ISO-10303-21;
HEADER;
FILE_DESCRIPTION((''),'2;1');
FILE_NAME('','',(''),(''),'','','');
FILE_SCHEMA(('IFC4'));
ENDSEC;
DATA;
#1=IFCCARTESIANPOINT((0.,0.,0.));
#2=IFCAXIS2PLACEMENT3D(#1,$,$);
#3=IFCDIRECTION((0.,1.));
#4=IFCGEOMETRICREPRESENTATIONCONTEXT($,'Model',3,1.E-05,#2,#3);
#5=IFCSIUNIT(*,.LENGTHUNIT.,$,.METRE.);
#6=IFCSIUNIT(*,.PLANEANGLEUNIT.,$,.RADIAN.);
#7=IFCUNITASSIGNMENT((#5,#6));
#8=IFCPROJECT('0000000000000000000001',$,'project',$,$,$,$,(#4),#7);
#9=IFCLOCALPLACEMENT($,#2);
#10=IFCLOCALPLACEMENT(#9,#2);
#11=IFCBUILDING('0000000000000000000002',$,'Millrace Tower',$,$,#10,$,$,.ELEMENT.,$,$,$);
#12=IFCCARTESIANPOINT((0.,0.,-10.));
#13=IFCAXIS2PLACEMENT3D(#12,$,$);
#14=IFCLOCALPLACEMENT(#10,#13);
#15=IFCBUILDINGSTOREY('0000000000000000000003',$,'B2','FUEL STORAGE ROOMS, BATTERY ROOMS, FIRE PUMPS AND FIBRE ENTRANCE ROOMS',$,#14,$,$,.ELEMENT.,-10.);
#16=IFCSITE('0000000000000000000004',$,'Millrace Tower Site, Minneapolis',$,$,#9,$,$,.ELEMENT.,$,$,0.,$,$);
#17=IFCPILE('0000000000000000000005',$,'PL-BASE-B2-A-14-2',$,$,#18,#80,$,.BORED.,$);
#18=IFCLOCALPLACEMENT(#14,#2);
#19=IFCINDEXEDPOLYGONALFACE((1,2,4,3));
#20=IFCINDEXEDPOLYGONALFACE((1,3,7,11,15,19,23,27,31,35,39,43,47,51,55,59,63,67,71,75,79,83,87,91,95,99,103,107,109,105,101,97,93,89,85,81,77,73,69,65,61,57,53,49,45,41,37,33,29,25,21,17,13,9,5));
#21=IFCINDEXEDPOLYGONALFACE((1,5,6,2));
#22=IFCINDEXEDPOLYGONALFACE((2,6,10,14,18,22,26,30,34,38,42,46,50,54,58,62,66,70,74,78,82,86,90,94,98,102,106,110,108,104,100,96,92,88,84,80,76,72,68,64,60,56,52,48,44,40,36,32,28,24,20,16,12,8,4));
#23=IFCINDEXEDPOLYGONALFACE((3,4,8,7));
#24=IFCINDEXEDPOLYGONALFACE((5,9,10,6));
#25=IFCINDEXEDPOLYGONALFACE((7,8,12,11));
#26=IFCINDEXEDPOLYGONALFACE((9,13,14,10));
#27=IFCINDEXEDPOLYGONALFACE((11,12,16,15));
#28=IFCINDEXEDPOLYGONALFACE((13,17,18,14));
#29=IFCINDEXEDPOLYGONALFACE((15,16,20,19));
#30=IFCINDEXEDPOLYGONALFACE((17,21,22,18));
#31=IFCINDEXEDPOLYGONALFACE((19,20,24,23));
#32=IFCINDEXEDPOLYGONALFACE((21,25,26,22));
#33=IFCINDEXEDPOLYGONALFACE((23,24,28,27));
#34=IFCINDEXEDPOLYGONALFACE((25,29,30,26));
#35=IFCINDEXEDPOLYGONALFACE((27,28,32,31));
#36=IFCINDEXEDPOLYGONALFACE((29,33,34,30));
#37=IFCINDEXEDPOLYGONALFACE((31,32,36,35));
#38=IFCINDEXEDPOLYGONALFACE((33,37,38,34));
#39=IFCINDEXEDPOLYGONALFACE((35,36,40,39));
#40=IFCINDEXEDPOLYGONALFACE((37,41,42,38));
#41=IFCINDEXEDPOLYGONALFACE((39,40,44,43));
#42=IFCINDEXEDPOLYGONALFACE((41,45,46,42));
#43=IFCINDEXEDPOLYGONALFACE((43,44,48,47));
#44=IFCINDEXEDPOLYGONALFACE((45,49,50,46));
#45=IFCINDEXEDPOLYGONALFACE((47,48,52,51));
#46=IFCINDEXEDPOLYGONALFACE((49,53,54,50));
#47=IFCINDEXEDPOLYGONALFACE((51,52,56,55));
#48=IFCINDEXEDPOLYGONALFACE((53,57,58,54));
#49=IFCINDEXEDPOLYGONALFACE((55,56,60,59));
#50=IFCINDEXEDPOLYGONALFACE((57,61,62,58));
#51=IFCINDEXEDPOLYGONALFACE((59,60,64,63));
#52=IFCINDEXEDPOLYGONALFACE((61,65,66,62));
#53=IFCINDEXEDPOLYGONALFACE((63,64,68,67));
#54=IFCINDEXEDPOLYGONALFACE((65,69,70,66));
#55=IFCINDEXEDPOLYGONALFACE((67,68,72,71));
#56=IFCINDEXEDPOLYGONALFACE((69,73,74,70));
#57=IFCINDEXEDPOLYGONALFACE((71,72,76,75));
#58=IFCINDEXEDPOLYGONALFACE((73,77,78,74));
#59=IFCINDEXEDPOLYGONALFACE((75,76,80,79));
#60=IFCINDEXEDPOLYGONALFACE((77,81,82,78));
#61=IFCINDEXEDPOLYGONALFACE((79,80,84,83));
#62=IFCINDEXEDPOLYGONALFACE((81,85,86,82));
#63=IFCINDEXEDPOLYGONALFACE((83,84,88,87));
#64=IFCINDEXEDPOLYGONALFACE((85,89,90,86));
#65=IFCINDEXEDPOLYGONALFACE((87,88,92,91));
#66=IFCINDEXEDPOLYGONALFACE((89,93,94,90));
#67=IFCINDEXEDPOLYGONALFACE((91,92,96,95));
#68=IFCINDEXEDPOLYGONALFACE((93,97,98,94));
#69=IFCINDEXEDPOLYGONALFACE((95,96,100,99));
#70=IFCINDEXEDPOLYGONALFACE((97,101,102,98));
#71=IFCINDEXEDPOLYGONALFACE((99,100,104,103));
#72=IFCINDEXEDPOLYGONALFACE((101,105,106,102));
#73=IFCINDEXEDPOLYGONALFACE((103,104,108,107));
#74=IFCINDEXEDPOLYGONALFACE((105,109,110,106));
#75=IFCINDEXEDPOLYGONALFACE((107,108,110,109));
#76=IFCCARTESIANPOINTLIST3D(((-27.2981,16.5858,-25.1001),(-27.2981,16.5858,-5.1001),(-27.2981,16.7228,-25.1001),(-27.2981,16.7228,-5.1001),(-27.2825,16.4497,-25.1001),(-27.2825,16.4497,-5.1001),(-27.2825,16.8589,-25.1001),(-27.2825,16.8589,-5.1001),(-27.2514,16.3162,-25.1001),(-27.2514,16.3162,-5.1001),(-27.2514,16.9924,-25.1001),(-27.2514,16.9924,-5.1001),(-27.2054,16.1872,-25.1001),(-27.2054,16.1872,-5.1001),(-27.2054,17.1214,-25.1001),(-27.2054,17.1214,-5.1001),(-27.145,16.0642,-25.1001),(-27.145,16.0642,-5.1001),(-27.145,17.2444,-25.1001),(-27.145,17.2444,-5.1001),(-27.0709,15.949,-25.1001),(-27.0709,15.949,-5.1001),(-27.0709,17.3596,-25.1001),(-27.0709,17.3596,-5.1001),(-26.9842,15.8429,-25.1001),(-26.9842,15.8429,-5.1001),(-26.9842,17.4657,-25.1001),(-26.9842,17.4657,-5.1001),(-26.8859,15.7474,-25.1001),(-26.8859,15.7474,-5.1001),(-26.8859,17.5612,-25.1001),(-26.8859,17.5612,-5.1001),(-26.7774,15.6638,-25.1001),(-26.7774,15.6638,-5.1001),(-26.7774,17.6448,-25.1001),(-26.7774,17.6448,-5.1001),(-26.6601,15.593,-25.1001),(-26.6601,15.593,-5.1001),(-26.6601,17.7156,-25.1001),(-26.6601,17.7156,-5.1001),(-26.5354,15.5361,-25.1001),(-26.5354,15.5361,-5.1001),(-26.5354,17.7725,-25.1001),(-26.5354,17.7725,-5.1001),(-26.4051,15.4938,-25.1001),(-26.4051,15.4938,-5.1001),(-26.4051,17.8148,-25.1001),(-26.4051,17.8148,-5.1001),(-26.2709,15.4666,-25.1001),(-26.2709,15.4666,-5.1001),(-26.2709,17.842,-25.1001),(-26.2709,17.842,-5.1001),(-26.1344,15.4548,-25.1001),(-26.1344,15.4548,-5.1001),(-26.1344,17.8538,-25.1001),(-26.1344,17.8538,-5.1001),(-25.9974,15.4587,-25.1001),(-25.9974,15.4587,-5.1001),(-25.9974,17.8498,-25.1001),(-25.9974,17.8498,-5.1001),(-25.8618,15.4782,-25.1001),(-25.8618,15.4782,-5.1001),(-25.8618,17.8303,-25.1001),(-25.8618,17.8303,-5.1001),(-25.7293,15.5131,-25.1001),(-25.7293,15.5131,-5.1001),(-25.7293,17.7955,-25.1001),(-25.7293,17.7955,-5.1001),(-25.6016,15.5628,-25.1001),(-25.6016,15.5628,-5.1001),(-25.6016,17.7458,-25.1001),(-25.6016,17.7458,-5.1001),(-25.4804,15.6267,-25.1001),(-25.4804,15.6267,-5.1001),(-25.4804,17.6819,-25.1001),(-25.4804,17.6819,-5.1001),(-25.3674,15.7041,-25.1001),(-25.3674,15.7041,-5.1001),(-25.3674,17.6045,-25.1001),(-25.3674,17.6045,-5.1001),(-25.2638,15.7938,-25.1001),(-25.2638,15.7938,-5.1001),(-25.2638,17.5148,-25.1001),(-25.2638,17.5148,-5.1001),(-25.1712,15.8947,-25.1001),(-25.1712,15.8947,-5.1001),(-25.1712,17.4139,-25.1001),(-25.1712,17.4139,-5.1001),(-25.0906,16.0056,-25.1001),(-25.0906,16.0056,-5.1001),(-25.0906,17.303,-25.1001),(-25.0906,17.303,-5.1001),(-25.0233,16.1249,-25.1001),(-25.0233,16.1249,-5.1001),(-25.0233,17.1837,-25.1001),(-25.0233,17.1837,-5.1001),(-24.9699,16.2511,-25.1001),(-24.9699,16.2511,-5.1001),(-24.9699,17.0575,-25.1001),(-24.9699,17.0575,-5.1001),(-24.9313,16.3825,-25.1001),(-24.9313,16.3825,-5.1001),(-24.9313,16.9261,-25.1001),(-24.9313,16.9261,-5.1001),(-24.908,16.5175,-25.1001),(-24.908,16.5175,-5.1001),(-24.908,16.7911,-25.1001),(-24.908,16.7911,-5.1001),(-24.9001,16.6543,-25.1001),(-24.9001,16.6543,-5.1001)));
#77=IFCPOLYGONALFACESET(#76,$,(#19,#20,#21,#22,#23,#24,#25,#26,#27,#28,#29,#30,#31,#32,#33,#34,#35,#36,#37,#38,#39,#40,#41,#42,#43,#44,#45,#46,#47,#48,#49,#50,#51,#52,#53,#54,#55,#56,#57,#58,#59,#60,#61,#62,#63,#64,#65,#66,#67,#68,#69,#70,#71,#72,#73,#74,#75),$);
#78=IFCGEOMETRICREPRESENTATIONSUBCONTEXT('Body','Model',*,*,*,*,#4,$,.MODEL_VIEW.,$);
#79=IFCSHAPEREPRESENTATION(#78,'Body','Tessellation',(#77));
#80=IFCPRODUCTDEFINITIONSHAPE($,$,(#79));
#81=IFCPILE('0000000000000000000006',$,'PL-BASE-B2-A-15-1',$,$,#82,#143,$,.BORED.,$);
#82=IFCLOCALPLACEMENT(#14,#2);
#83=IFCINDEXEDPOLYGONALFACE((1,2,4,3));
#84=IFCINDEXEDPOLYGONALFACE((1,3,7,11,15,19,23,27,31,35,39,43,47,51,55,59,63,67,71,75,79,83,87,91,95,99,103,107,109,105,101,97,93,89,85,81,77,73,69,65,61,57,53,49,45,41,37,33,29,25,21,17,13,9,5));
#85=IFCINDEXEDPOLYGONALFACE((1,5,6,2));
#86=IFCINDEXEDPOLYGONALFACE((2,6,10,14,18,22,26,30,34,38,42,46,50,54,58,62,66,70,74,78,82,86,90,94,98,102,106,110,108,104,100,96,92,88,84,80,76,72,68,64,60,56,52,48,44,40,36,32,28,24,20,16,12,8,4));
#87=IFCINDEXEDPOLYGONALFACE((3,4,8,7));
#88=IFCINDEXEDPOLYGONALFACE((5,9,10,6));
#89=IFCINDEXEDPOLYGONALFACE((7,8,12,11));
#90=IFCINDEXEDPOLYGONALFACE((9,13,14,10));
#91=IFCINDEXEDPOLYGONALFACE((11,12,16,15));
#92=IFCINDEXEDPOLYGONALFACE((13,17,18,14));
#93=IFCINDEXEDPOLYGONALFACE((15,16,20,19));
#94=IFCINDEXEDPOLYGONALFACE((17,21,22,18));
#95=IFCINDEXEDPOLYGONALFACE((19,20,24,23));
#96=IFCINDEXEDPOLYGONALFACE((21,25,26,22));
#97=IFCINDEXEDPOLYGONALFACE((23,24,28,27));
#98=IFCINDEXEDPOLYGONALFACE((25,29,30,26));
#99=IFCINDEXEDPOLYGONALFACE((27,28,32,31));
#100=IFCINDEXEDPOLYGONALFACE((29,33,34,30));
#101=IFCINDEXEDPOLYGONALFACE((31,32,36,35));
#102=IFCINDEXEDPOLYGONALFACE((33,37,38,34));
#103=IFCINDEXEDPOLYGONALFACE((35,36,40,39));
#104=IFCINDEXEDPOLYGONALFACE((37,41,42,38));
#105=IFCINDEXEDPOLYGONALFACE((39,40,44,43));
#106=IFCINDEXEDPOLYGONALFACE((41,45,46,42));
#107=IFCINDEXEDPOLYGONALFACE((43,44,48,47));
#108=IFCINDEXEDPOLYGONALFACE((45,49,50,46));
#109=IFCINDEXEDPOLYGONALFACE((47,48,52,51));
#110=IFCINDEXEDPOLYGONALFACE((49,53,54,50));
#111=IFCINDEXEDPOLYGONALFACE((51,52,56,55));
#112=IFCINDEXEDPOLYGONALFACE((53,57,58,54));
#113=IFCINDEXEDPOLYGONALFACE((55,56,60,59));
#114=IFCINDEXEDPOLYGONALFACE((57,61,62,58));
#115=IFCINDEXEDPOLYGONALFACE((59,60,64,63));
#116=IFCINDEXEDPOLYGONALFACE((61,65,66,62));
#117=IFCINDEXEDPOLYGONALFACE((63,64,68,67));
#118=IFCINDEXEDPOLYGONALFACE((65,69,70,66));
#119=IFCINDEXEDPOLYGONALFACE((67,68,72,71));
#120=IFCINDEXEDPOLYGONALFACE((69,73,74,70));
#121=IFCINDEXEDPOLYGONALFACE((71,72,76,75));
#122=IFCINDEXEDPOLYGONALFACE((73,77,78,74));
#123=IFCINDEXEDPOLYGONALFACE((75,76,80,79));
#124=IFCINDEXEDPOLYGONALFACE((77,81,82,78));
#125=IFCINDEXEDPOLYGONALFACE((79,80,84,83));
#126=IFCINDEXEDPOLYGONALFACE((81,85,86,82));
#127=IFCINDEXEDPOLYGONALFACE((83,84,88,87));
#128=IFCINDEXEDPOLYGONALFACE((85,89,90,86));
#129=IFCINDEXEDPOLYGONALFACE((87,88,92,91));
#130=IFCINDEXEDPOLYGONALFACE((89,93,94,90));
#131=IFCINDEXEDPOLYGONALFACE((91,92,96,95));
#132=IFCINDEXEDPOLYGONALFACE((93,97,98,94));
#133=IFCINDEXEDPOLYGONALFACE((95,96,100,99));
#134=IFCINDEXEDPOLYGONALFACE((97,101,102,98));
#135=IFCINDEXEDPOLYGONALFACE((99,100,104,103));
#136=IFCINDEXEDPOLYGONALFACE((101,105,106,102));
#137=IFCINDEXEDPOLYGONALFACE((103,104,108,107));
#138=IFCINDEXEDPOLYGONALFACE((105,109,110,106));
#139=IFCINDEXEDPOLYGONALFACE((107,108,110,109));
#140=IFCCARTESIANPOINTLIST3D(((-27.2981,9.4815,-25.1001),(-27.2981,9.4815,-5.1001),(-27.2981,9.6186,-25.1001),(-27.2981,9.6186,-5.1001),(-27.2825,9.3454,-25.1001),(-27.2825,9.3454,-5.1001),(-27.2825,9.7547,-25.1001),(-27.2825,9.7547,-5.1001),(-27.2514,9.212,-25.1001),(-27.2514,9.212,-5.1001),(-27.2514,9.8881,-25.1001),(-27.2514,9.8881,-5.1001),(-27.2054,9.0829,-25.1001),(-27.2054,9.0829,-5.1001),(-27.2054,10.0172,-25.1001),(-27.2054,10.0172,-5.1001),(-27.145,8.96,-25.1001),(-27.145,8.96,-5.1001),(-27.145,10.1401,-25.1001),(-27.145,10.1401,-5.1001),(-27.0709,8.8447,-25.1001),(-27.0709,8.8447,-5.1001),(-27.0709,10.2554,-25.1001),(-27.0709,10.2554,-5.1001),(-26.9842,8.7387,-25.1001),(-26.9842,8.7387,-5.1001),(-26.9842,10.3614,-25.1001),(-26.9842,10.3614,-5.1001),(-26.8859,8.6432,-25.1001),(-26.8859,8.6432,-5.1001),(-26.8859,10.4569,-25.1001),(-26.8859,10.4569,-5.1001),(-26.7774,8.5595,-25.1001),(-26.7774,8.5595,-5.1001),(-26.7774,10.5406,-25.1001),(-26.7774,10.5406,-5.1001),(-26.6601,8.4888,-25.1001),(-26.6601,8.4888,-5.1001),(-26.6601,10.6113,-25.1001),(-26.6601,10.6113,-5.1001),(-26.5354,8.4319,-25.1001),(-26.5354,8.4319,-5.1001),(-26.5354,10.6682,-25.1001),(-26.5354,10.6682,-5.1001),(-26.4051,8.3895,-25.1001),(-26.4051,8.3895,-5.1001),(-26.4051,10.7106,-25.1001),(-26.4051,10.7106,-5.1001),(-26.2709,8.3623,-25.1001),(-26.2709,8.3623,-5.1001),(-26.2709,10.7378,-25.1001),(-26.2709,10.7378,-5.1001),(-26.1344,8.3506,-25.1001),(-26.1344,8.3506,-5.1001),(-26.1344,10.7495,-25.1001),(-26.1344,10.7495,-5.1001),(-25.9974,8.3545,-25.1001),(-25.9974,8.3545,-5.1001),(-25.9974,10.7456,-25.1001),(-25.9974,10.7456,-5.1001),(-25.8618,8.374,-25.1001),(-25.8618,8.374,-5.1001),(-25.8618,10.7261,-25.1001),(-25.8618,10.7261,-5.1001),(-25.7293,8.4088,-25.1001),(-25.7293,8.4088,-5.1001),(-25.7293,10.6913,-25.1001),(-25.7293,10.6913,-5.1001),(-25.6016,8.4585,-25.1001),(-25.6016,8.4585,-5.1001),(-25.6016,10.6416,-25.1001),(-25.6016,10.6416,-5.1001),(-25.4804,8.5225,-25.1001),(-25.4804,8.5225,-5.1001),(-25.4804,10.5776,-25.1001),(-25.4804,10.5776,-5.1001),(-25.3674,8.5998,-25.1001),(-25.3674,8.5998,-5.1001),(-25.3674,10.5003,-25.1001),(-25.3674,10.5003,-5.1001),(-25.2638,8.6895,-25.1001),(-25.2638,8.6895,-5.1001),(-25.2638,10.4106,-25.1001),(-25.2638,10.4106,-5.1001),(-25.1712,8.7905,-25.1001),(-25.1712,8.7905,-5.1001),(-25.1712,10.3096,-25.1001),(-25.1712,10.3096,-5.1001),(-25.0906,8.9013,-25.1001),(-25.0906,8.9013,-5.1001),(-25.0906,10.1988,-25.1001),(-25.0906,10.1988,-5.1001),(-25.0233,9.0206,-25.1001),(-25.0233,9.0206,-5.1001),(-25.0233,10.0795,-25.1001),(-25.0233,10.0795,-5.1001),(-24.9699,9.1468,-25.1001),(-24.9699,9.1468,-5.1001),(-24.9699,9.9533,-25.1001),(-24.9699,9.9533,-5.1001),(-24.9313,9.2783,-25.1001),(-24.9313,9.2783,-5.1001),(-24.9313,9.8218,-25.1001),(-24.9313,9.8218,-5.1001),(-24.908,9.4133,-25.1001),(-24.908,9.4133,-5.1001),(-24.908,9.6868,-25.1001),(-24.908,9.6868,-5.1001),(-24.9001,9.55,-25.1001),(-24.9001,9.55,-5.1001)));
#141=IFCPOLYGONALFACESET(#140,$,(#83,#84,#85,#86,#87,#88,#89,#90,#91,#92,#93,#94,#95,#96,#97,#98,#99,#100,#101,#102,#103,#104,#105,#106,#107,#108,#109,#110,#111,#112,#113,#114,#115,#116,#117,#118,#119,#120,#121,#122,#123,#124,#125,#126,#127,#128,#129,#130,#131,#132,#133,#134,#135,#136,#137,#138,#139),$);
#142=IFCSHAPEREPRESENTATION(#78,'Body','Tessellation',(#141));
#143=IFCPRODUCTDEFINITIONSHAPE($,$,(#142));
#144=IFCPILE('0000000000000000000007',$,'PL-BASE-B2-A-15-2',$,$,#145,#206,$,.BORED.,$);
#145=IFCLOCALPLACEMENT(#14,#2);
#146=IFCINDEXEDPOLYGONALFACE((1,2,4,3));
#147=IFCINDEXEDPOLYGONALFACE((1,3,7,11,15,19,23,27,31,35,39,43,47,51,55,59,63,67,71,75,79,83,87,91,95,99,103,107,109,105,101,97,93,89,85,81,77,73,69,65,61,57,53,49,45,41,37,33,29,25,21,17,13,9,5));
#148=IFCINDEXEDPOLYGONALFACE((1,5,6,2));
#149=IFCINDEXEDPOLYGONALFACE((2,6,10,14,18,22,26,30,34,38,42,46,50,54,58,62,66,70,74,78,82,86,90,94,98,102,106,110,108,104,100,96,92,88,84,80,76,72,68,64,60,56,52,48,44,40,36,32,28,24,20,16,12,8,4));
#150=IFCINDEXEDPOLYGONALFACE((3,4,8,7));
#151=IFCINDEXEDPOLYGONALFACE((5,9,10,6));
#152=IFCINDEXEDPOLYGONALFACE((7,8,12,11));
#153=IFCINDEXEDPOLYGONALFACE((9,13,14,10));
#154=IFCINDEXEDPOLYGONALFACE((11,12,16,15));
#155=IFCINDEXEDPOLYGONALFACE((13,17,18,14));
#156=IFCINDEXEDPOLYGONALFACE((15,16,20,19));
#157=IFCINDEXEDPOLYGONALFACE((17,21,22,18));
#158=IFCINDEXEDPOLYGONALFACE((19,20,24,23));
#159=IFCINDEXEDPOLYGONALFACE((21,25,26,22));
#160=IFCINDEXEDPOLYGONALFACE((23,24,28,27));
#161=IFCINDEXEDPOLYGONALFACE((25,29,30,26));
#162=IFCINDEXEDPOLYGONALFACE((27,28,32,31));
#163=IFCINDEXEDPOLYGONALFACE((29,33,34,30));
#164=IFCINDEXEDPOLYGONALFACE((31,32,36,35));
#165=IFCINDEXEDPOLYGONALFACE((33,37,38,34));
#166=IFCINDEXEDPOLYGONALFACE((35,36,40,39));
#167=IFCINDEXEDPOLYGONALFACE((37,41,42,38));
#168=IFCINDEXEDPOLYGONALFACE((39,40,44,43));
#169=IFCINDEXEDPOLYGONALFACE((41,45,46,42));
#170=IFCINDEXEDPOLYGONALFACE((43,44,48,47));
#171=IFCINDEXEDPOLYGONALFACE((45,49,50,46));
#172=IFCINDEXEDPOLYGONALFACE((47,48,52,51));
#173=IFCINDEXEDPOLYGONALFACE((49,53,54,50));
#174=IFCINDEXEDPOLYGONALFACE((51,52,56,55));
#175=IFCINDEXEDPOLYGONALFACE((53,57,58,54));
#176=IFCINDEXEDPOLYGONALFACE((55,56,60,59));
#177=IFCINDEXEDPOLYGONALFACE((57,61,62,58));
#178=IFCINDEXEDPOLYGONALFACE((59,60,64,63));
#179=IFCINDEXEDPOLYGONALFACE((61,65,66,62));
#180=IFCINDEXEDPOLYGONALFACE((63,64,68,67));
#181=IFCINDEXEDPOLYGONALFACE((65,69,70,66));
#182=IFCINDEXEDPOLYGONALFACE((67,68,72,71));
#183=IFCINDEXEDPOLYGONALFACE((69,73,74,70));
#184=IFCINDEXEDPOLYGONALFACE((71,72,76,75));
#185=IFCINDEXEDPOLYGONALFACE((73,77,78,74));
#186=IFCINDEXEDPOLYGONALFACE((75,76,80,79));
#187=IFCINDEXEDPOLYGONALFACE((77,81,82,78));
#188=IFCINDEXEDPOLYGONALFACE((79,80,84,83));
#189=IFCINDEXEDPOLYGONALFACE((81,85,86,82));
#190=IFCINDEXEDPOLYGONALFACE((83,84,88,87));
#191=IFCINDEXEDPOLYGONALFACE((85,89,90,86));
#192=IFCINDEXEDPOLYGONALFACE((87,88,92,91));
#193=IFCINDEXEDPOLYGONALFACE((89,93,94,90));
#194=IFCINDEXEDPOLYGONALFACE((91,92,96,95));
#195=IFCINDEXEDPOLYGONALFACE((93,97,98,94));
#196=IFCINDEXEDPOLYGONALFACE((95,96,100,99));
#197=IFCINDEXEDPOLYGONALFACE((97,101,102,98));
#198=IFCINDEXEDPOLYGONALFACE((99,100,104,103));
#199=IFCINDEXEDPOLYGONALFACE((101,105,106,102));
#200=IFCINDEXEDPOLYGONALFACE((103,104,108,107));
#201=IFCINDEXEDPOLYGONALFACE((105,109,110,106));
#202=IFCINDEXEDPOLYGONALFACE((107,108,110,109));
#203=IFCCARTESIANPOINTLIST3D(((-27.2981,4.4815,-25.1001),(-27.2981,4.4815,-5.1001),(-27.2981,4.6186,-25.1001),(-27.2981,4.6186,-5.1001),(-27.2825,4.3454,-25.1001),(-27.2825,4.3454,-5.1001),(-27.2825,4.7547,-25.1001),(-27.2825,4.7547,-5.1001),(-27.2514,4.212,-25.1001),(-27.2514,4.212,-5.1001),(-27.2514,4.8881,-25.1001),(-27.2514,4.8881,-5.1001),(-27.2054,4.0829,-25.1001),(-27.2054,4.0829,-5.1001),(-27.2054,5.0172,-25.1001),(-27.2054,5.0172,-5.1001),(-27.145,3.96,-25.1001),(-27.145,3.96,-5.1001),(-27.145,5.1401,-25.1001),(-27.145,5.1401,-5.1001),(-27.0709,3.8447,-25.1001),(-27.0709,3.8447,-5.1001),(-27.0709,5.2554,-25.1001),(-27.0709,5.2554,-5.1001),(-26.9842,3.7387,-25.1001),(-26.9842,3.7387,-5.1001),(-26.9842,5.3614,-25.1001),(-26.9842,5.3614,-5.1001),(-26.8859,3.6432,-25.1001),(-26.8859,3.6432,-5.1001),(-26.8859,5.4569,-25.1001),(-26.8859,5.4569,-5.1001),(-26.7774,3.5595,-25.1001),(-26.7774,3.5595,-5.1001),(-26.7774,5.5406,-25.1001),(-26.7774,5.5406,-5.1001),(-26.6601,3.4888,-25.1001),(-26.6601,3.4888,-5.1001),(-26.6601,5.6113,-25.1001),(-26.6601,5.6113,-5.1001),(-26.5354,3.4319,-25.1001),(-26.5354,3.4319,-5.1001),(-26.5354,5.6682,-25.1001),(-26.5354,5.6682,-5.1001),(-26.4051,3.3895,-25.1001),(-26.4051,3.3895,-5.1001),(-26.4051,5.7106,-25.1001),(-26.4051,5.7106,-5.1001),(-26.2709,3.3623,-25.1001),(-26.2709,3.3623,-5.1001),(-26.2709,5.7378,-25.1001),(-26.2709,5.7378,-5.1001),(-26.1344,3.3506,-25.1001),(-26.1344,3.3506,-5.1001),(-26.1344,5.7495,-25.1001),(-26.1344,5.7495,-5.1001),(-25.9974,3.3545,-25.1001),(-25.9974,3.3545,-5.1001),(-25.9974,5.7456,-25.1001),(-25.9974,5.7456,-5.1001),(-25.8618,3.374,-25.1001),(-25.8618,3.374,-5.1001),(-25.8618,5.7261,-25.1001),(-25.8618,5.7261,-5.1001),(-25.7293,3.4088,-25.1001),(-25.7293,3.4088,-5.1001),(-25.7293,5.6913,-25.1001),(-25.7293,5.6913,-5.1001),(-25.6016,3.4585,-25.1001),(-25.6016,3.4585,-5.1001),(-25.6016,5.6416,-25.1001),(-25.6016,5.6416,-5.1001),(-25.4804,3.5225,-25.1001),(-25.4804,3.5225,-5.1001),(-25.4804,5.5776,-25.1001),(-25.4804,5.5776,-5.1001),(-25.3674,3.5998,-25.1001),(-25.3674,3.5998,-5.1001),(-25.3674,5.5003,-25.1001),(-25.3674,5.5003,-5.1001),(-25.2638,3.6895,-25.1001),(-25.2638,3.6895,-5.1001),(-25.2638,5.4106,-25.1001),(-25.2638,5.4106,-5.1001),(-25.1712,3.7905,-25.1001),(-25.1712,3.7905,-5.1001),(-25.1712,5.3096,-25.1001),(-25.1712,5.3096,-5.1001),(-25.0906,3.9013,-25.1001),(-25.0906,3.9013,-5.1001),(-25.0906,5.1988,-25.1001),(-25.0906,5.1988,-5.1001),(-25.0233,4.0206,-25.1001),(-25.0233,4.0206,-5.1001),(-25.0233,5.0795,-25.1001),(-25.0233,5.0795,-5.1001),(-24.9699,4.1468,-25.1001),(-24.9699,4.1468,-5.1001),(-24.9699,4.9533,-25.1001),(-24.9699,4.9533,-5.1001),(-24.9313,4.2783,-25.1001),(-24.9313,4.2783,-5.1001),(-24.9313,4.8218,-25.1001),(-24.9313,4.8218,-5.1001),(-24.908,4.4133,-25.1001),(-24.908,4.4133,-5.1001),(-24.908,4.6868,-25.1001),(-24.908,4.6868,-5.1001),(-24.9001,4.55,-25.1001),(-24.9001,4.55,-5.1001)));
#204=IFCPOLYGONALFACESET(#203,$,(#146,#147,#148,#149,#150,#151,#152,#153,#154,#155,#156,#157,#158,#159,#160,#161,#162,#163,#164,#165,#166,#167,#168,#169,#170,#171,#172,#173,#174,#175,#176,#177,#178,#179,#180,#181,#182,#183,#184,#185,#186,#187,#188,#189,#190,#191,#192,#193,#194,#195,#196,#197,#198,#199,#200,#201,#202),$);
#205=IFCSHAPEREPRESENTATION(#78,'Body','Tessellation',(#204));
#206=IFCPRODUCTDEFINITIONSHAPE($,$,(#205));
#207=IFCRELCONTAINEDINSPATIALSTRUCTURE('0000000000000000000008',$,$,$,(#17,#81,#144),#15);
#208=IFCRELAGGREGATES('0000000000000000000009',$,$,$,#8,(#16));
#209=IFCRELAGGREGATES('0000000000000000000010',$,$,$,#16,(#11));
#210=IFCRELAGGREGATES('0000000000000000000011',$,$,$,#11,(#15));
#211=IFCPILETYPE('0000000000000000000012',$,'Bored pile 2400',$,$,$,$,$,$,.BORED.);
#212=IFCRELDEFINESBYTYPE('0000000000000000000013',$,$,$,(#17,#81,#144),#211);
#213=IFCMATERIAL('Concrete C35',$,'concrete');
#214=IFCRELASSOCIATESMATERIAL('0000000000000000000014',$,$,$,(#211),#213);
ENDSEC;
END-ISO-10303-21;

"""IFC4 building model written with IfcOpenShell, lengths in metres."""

from ifc_helpers import new_model, si_unit, direction, frame, origin, origin_2d, place, context, subcontext, project, spatial, circle, extrude, material, material_profile, profile_set, type_object, element, save


model = new_model("IFC4")

# Units and contexts
model_context = context("Model", 3, precision=1e-05, world=origin(), true_north=direction((0.0, 1.0)))
body_context = subcontext(model_context, "Body", "Model", "MODEL_VIEW")
ifc_project = project(units=[si_unit("LENGTHUNIT", "METRE"), si_unit("PLANEANGLEUNIT", "RADIAN")], contexts=[model_context])

# Site, building, storey
site_placement = place(None, origin())
site = spatial("IfcSite", under=ifc_project, at=site_placement, Name="Millrace Tower Site, Minneapolis", CompositionType="ELEMENT", RefElevation=0.0)
building_placement = place(site_placement, origin())
building = spatial("IfcBuilding", under=site, at=building_placement, Name="Millrace Tower", CompositionType="ELEMENT")
storey_placement = place(building_placement, frame((0.0, 0.0, -10.0)))
storey = spatial("IfcBuildingStorey", under=building, at=storey_placement, Name="B2", Description="FUEL STORAGE ROOMS, BATTERY ROOMS, FIRE PUMPS AND FIBRE ENTRANCE ROOMS", CompositionType="ELEMENT", Elevation=-10.0)

# Piles
ifc_material_1 = material(Name="Concrete C35", Category="concrete")
ifc_material_profile_1 = material_profile(ifc_material_1, circle(Radius=1.2, at=origin_2d()))
ifc_profile_set_1 = profile_set([ifc_material_profile_1], Name="Concrete C35")
pile_type = type_object("IfcPileType", Name="Bored pile 2400", PredefinedType="BORED", material=ifc_profile_set_1)
for number, where, z_axis, x_axis, name in (
    (1, (-26.1001, 16.6543, -5.1001), (0.0, 0.0, -1.0), (1.0, 0.0, 0.0), "PL-BASE-B2-A-14-2"),
    (2, (-26.1001, 9.55, -5.1001), (0.0, 0.0, -1.0), (1.0, 0.0, 0.0), "PL-BASE-B2-A-15-1"),
    (3, (-26.1001, 4.55, -5.1001), (0.0, 0.0, -1.0), (1.0, 0.0, 0.0), "PL-BASE-B2-A-15-2"),
):
    element("IfcPile", number, at=place(storey_placement, frame(where, z_axis=z_axis, x_axis=x_axis)), inside=storey, type_object=pile_type, Name=name, PredefinedType="BORED", context=body_context, shape_type="SweptSolid", body=[
        extrude(circle(Radius=1.2, at=origin_2d()), origin(), (0.0, 0.0, 1.0), 20.0),
    ])

save(model, "model.ifc")
